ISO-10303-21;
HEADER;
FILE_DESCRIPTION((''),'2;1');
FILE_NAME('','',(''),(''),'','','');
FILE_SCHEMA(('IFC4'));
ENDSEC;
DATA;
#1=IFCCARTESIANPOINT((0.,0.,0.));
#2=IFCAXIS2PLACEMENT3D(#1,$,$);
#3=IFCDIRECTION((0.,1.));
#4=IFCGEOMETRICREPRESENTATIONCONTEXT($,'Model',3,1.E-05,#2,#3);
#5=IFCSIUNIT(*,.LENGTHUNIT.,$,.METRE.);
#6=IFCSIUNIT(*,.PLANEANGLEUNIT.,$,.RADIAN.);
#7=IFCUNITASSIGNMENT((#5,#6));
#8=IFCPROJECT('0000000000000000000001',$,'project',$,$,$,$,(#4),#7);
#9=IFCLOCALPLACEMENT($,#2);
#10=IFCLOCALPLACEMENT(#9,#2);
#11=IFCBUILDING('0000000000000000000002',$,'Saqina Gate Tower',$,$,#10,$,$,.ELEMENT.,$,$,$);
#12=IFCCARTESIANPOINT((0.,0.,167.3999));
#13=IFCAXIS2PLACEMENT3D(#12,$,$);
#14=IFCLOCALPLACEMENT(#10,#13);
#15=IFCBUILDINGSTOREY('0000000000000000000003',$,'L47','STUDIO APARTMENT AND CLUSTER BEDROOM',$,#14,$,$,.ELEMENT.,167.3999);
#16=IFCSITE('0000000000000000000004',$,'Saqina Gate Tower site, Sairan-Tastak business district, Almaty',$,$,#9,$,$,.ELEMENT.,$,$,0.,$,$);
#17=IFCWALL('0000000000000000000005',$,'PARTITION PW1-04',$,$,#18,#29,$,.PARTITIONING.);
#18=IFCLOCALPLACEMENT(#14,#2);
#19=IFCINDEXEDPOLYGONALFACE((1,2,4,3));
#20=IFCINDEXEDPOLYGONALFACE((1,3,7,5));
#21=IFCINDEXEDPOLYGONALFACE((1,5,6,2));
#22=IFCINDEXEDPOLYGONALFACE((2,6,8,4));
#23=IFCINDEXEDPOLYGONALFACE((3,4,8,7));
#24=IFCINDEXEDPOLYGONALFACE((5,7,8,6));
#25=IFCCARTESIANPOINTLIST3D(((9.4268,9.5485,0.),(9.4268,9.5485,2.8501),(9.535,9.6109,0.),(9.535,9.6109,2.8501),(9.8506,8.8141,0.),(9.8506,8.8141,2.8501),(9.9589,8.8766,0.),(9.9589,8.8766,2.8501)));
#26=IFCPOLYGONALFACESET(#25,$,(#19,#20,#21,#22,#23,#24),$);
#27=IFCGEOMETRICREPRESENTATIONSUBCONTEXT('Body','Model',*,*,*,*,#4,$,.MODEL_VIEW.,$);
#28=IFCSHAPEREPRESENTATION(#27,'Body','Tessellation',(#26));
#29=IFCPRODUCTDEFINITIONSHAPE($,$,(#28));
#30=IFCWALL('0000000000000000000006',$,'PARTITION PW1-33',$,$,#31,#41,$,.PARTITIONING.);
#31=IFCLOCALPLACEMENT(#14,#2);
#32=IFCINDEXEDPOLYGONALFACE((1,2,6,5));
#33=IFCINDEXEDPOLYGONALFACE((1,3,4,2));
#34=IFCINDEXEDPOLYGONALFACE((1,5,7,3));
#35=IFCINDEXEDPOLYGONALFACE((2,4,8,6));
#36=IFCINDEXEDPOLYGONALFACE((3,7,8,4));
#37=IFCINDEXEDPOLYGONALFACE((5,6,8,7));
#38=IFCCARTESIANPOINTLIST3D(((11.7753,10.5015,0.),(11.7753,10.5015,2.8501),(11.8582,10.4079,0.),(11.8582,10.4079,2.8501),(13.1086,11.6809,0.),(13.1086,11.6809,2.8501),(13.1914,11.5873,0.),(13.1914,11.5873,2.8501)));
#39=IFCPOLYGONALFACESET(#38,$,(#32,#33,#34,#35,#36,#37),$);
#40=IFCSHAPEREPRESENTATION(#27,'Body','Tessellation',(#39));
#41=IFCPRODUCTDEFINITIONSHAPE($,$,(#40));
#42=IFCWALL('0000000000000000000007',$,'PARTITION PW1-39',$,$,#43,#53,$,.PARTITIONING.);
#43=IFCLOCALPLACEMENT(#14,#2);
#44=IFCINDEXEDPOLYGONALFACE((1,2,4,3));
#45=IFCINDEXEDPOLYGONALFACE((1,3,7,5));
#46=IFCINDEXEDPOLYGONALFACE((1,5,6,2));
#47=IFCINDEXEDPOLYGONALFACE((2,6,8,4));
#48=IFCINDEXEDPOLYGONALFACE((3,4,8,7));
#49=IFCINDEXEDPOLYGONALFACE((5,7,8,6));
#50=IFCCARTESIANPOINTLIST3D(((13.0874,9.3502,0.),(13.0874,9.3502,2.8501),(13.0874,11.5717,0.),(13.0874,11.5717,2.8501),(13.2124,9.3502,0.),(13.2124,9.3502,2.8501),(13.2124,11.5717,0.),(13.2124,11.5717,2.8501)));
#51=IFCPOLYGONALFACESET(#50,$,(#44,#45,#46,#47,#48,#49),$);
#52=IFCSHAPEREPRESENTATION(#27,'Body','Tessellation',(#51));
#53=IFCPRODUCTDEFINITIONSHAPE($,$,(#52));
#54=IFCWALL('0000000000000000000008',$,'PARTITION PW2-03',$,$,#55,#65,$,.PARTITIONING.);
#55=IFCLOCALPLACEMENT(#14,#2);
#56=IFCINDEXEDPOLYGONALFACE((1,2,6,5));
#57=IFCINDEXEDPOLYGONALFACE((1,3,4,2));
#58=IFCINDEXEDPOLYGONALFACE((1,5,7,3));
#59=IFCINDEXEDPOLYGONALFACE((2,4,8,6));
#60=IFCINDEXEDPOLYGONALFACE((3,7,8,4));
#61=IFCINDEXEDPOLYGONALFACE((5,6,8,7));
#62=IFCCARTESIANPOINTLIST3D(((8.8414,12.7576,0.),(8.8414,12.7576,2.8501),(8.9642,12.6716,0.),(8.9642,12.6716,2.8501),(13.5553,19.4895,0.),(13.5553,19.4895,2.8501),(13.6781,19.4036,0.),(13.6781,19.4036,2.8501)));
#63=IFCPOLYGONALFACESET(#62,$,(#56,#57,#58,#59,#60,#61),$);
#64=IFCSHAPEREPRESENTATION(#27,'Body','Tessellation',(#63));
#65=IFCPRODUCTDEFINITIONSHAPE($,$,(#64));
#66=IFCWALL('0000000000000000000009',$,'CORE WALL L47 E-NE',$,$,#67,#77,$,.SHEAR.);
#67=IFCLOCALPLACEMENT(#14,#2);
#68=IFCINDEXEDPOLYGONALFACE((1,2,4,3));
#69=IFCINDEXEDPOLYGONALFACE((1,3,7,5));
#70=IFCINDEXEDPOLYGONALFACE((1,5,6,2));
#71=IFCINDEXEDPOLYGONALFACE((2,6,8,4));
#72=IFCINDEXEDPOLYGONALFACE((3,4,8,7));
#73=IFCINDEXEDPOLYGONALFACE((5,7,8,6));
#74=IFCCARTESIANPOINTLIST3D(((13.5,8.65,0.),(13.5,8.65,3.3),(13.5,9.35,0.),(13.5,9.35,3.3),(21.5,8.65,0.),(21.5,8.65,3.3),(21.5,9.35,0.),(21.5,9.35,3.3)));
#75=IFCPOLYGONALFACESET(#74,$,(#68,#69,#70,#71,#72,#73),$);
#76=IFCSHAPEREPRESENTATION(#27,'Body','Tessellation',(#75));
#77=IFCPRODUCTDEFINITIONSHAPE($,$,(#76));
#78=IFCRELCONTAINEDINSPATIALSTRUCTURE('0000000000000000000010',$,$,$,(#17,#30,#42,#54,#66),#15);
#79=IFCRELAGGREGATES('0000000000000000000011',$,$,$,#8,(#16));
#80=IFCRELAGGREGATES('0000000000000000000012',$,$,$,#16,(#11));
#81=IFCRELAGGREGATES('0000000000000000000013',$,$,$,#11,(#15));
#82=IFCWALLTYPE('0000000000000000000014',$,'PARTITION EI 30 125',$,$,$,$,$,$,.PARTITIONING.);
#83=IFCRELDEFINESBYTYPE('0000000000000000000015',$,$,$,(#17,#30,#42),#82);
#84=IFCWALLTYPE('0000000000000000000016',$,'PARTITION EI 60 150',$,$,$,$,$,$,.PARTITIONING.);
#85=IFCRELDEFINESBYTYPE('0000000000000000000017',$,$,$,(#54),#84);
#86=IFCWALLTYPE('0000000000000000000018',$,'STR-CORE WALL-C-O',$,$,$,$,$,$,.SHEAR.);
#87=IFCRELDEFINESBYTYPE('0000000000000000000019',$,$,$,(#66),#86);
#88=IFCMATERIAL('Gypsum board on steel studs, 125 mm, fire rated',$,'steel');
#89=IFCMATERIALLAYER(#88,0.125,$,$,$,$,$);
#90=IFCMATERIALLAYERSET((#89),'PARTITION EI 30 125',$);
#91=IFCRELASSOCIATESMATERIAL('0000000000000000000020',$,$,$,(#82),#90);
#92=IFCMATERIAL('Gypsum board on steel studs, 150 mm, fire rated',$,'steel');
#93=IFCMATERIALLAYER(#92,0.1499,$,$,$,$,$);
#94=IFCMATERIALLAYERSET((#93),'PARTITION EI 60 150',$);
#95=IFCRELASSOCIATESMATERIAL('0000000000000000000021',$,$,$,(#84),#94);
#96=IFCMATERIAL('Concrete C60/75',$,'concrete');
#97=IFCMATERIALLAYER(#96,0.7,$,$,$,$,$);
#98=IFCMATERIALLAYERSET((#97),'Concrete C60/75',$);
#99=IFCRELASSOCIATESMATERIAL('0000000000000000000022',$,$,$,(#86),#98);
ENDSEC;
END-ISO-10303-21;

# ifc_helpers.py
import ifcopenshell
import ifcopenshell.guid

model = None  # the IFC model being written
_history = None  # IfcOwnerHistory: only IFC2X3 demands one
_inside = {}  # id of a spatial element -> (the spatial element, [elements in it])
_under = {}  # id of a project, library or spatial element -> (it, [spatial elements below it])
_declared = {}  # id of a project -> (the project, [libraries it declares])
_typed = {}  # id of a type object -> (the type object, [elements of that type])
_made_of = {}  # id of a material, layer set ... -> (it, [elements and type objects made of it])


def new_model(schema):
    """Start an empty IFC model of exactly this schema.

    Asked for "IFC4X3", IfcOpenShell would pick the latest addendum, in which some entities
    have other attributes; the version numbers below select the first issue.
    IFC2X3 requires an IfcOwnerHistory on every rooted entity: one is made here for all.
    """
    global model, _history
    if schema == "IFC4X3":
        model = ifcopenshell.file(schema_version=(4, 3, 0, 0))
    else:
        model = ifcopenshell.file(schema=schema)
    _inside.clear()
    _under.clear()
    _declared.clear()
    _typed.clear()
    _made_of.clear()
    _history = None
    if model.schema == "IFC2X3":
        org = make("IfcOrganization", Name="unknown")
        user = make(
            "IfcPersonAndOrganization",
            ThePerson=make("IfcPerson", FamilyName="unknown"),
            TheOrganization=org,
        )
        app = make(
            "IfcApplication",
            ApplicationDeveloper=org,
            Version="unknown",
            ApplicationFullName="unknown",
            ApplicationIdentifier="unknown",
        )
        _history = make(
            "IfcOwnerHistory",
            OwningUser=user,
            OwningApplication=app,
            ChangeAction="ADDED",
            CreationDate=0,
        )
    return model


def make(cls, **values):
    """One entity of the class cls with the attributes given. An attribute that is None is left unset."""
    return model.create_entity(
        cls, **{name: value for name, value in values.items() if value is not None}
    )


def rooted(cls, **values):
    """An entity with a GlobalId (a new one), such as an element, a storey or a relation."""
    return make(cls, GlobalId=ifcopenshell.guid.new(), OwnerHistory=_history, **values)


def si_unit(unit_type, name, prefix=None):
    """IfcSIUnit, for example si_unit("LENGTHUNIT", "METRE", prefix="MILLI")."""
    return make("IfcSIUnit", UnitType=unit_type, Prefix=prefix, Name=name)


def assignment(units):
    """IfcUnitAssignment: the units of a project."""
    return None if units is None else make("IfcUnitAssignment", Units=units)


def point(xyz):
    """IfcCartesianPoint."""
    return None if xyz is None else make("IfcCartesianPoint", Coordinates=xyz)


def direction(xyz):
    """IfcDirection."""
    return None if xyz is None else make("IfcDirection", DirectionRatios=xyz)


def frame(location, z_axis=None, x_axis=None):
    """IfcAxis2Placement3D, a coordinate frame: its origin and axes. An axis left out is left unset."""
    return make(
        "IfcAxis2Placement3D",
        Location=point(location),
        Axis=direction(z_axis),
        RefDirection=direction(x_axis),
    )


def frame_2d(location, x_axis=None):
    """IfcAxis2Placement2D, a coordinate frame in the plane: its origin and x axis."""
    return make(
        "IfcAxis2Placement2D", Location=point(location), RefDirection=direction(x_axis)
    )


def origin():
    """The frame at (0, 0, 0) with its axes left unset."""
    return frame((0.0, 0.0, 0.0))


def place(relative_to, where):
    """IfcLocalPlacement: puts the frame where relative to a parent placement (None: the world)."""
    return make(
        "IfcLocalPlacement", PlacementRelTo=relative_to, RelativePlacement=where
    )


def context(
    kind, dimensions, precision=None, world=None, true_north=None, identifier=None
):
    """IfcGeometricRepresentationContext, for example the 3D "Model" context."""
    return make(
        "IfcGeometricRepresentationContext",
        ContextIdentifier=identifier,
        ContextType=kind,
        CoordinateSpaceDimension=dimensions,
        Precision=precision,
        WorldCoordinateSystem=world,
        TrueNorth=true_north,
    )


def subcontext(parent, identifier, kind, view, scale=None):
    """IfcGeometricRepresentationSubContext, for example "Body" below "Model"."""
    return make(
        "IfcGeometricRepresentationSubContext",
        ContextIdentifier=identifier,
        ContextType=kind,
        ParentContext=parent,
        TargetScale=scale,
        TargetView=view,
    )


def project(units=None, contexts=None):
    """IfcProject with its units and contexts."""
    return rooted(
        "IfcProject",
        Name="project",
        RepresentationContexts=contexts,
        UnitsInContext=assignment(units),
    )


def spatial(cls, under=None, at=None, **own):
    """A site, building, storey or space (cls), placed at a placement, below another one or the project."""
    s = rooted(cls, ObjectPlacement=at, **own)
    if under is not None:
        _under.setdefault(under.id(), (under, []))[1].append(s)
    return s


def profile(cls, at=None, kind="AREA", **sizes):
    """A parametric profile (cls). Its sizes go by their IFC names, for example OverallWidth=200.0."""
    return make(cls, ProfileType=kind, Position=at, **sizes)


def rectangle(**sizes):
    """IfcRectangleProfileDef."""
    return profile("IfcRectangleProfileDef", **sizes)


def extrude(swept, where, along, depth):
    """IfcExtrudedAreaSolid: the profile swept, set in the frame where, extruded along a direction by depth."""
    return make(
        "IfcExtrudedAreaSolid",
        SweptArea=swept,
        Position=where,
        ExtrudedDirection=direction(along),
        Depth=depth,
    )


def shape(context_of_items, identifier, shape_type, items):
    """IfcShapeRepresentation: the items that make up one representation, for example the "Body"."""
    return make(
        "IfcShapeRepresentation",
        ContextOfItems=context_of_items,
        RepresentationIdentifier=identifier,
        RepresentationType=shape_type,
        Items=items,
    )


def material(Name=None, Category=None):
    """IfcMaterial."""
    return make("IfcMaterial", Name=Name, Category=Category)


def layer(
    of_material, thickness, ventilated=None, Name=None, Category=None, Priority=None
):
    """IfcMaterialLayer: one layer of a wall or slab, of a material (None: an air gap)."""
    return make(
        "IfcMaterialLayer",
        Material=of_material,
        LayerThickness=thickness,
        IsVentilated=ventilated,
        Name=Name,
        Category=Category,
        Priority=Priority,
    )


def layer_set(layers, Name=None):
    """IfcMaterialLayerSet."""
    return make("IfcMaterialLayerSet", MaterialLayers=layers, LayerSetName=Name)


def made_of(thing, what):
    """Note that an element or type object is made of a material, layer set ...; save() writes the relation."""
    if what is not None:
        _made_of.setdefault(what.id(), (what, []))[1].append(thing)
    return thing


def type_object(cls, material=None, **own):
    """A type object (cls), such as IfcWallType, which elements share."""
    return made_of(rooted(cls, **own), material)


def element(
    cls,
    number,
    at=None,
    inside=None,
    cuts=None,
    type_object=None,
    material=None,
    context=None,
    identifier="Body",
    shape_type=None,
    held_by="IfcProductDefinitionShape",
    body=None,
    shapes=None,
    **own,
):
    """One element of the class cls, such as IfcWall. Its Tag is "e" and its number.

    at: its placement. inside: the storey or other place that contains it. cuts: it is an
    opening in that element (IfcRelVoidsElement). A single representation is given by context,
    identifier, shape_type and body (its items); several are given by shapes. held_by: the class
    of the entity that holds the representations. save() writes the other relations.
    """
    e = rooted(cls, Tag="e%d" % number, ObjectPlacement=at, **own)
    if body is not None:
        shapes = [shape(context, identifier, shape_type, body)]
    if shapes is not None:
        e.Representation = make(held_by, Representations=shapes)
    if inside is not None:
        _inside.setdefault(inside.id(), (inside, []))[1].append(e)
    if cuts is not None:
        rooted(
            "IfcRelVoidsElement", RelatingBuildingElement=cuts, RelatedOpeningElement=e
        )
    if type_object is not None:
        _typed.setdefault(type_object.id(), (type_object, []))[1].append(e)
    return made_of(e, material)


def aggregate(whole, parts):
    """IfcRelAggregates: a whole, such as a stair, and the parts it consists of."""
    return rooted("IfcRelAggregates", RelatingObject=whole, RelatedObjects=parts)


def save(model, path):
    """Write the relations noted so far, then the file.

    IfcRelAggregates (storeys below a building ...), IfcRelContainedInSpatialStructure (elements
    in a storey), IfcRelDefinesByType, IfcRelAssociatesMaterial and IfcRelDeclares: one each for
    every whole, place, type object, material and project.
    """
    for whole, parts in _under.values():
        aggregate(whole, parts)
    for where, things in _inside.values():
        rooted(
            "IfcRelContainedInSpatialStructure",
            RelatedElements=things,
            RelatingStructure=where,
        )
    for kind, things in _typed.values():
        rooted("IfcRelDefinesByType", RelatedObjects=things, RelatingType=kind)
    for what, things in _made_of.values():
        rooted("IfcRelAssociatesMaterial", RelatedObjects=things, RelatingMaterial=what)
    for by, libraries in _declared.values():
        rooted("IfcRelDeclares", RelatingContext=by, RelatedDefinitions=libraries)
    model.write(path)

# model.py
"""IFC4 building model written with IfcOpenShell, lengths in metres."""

from ifc_helpers import new_model, si_unit, direction, frame, frame_2d, origin, place, context, subcontext, project, spatial, rectangle, extrude, material, layer, layer_set, type_object, element, save


model = new_model("IFC4")

# Units and contexts
model_context = context("Model", 3, precision=1e-05, world=origin(), true_north=direction((0.0, 1.0)))
body_context = subcontext(model_context, "Body", "Model", "MODEL_VIEW")
ifc_project = project(units=[si_unit("LENGTHUNIT", "METRE"), si_unit("PLANEANGLEUNIT", "RADIAN")], contexts=[model_context])

# Site, building, storey
site_placement = place(None, origin())
site = spatial("IfcSite", under=ifc_project, at=site_placement, Name="Saqina Gate Tower site, Sairan-Tastak business district, Almaty", CompositionType="ELEMENT", RefElevation=0.0)
building_placement = place(site_placement, origin())
building = spatial("IfcBuilding", under=site, at=building_placement, Name="Saqina Gate Tower", CompositionType="ELEMENT")
storey_placement = place(building_placement, frame((0.0, 0.0, 167.3999)))
storey = spatial("IfcBuildingStorey", under=building, at=storey_placement, Name="L47", Description="STUDIO APARTMENT AND CLUSTER BEDROOM", CompositionType="ELEMENT", Elevation=167.3999)

# Walls
ifc_material_1 = material(Name="Gypsum board on steel studs, 125 mm, fire rated", Category="steel")
ifc_layer_1 = layer(ifc_material_1, 0.125)
ifc_layer_set_1 = layer_set([ifc_layer_1], Name="PARTITION EI 30 125")
wall_type_1 = type_object("IfcWallType", Name="PARTITION EI 30 125", PredefinedType="PARTITIONING", material=ifc_layer_set_1)
wall_1_placement = place(storey_placement, frame((9.481, 9.5796, 0.0), z_axis=(0.0, 0.0, 1.0), x_axis=(0.499855, -0.866109, 0.0)))
element("IfcWall", 1, at=wall_1_placement, inside=storey, type_object=wall_type_1, Name="PARTITION PW1-04", PredefinedType="PARTITIONING", context=body_context, shape_type="SweptSolid", body=[
    extrude(rectangle(XDim=0.8479, YDim=0.125, at=frame_2d((0.4238, 0.0))), origin(), (0.0, 0.0, 1.0), 2.8501),
])
wall_2_placement = place(storey_placement, frame((11.8167, 10.4546, 0.0), z_axis=(0.0, 0.0, 1.0), x_axis=(0.748989, 0.662583, 0.0)))
element("IfcWall", 2, at=wall_2_placement, inside=storey, type_object=wall_type_1, Name="PARTITION PW1-33", PredefinedType="PARTITIONING", context=body_context, shape_type="SweptSolid", body=[
    extrude(rectangle(XDim=1.78, YDim=0.125, at=frame_2d((0.8901, 0.0))), origin(), (0.0, 0.0, 1.0), 2.8501),
])
wall_3_placement = place(storey_placement, frame((13.1499, 9.3501, 0.0), z_axis=(0.0, 0.0, 1.0), x_axis=(0.0, 1.0, 0.0)))
element("IfcWall", 3, at=wall_3_placement, inside=storey, type_object=wall_type_1, Name="PARTITION PW1-39", PredefinedType="PARTITIONING", context=body_context, shape_type="SweptSolid", body=[
    extrude(rectangle(XDim=2.2214, YDim=0.125, at=frame_2d((1.1108, 0.0))), origin(), (0.0, 0.0, 1.0), 2.8501),
])
ifc_material_2 = material(Name="Gypsum board on steel studs, 150 mm, fire rated", Category="steel")
ifc_layer_2 = layer(ifc_material_2, 0.1499)
ifc_layer_set_2 = layer_set([ifc_layer_2], Name="PARTITION EI 60 150")
wall_type_2 = type_object("IfcWallType", Name="PARTITION EI 60 150", PredefinedType="PARTITIONING", material=ifc_layer_set_2)
wall_4_placement = place(storey_placement, frame((8.9028, 12.7146, 0.0), z_axis=(0.0, 0.0, 1.0), x_axis=(0.573586, 0.819145, 0.0)))
element("IfcWall", 4, at=wall_4_placement, inside=storey, type_object=wall_type_2, Name="PARTITION PW2-03", PredefinedType="PARTITIONING", context=body_context, shape_type="SweptSolid", body=[
    extrude(rectangle(XDim=8.2183, YDim=0.1499, at=frame_2d((4.1091, 0.0))), origin(), (0.0, 0.0, 1.0), 2.8501),
])
ifc_material_3 = material(Name="Concrete C60/75", Category="concrete")
ifc_layer_3 = layer(ifc_material_3, 0.7)
ifc_layer_set_3 = layer_set([ifc_layer_3], Name="Concrete C60/75")
wall_type_3 = type_object("IfcWallType", Name="STR-CORE WALL-C-O", PredefinedType="SHEAR", material=ifc_layer_set_3)
wall_5_placement = place(storey_placement, frame((13.5, 9.0, 0.0), z_axis=(0.0, 0.0, 1.0), x_axis=(1.0, 0.0, 0.0)))
element("IfcWall", 5, at=wall_5_placement, inside=storey, type_object=wall_type_3, Name="CORE WALL L47 E-NE", PredefinedType="SHEAR", context=body_context, shape_type="SweptSolid", body=[
    extrude(rectangle(XDim=8.0, YDim=0.7, at=frame_2d((4.0, 0.0))), origin(), (0.0, 0.0, 1.0), 3.3),
])

save(model, "model.ifc")
